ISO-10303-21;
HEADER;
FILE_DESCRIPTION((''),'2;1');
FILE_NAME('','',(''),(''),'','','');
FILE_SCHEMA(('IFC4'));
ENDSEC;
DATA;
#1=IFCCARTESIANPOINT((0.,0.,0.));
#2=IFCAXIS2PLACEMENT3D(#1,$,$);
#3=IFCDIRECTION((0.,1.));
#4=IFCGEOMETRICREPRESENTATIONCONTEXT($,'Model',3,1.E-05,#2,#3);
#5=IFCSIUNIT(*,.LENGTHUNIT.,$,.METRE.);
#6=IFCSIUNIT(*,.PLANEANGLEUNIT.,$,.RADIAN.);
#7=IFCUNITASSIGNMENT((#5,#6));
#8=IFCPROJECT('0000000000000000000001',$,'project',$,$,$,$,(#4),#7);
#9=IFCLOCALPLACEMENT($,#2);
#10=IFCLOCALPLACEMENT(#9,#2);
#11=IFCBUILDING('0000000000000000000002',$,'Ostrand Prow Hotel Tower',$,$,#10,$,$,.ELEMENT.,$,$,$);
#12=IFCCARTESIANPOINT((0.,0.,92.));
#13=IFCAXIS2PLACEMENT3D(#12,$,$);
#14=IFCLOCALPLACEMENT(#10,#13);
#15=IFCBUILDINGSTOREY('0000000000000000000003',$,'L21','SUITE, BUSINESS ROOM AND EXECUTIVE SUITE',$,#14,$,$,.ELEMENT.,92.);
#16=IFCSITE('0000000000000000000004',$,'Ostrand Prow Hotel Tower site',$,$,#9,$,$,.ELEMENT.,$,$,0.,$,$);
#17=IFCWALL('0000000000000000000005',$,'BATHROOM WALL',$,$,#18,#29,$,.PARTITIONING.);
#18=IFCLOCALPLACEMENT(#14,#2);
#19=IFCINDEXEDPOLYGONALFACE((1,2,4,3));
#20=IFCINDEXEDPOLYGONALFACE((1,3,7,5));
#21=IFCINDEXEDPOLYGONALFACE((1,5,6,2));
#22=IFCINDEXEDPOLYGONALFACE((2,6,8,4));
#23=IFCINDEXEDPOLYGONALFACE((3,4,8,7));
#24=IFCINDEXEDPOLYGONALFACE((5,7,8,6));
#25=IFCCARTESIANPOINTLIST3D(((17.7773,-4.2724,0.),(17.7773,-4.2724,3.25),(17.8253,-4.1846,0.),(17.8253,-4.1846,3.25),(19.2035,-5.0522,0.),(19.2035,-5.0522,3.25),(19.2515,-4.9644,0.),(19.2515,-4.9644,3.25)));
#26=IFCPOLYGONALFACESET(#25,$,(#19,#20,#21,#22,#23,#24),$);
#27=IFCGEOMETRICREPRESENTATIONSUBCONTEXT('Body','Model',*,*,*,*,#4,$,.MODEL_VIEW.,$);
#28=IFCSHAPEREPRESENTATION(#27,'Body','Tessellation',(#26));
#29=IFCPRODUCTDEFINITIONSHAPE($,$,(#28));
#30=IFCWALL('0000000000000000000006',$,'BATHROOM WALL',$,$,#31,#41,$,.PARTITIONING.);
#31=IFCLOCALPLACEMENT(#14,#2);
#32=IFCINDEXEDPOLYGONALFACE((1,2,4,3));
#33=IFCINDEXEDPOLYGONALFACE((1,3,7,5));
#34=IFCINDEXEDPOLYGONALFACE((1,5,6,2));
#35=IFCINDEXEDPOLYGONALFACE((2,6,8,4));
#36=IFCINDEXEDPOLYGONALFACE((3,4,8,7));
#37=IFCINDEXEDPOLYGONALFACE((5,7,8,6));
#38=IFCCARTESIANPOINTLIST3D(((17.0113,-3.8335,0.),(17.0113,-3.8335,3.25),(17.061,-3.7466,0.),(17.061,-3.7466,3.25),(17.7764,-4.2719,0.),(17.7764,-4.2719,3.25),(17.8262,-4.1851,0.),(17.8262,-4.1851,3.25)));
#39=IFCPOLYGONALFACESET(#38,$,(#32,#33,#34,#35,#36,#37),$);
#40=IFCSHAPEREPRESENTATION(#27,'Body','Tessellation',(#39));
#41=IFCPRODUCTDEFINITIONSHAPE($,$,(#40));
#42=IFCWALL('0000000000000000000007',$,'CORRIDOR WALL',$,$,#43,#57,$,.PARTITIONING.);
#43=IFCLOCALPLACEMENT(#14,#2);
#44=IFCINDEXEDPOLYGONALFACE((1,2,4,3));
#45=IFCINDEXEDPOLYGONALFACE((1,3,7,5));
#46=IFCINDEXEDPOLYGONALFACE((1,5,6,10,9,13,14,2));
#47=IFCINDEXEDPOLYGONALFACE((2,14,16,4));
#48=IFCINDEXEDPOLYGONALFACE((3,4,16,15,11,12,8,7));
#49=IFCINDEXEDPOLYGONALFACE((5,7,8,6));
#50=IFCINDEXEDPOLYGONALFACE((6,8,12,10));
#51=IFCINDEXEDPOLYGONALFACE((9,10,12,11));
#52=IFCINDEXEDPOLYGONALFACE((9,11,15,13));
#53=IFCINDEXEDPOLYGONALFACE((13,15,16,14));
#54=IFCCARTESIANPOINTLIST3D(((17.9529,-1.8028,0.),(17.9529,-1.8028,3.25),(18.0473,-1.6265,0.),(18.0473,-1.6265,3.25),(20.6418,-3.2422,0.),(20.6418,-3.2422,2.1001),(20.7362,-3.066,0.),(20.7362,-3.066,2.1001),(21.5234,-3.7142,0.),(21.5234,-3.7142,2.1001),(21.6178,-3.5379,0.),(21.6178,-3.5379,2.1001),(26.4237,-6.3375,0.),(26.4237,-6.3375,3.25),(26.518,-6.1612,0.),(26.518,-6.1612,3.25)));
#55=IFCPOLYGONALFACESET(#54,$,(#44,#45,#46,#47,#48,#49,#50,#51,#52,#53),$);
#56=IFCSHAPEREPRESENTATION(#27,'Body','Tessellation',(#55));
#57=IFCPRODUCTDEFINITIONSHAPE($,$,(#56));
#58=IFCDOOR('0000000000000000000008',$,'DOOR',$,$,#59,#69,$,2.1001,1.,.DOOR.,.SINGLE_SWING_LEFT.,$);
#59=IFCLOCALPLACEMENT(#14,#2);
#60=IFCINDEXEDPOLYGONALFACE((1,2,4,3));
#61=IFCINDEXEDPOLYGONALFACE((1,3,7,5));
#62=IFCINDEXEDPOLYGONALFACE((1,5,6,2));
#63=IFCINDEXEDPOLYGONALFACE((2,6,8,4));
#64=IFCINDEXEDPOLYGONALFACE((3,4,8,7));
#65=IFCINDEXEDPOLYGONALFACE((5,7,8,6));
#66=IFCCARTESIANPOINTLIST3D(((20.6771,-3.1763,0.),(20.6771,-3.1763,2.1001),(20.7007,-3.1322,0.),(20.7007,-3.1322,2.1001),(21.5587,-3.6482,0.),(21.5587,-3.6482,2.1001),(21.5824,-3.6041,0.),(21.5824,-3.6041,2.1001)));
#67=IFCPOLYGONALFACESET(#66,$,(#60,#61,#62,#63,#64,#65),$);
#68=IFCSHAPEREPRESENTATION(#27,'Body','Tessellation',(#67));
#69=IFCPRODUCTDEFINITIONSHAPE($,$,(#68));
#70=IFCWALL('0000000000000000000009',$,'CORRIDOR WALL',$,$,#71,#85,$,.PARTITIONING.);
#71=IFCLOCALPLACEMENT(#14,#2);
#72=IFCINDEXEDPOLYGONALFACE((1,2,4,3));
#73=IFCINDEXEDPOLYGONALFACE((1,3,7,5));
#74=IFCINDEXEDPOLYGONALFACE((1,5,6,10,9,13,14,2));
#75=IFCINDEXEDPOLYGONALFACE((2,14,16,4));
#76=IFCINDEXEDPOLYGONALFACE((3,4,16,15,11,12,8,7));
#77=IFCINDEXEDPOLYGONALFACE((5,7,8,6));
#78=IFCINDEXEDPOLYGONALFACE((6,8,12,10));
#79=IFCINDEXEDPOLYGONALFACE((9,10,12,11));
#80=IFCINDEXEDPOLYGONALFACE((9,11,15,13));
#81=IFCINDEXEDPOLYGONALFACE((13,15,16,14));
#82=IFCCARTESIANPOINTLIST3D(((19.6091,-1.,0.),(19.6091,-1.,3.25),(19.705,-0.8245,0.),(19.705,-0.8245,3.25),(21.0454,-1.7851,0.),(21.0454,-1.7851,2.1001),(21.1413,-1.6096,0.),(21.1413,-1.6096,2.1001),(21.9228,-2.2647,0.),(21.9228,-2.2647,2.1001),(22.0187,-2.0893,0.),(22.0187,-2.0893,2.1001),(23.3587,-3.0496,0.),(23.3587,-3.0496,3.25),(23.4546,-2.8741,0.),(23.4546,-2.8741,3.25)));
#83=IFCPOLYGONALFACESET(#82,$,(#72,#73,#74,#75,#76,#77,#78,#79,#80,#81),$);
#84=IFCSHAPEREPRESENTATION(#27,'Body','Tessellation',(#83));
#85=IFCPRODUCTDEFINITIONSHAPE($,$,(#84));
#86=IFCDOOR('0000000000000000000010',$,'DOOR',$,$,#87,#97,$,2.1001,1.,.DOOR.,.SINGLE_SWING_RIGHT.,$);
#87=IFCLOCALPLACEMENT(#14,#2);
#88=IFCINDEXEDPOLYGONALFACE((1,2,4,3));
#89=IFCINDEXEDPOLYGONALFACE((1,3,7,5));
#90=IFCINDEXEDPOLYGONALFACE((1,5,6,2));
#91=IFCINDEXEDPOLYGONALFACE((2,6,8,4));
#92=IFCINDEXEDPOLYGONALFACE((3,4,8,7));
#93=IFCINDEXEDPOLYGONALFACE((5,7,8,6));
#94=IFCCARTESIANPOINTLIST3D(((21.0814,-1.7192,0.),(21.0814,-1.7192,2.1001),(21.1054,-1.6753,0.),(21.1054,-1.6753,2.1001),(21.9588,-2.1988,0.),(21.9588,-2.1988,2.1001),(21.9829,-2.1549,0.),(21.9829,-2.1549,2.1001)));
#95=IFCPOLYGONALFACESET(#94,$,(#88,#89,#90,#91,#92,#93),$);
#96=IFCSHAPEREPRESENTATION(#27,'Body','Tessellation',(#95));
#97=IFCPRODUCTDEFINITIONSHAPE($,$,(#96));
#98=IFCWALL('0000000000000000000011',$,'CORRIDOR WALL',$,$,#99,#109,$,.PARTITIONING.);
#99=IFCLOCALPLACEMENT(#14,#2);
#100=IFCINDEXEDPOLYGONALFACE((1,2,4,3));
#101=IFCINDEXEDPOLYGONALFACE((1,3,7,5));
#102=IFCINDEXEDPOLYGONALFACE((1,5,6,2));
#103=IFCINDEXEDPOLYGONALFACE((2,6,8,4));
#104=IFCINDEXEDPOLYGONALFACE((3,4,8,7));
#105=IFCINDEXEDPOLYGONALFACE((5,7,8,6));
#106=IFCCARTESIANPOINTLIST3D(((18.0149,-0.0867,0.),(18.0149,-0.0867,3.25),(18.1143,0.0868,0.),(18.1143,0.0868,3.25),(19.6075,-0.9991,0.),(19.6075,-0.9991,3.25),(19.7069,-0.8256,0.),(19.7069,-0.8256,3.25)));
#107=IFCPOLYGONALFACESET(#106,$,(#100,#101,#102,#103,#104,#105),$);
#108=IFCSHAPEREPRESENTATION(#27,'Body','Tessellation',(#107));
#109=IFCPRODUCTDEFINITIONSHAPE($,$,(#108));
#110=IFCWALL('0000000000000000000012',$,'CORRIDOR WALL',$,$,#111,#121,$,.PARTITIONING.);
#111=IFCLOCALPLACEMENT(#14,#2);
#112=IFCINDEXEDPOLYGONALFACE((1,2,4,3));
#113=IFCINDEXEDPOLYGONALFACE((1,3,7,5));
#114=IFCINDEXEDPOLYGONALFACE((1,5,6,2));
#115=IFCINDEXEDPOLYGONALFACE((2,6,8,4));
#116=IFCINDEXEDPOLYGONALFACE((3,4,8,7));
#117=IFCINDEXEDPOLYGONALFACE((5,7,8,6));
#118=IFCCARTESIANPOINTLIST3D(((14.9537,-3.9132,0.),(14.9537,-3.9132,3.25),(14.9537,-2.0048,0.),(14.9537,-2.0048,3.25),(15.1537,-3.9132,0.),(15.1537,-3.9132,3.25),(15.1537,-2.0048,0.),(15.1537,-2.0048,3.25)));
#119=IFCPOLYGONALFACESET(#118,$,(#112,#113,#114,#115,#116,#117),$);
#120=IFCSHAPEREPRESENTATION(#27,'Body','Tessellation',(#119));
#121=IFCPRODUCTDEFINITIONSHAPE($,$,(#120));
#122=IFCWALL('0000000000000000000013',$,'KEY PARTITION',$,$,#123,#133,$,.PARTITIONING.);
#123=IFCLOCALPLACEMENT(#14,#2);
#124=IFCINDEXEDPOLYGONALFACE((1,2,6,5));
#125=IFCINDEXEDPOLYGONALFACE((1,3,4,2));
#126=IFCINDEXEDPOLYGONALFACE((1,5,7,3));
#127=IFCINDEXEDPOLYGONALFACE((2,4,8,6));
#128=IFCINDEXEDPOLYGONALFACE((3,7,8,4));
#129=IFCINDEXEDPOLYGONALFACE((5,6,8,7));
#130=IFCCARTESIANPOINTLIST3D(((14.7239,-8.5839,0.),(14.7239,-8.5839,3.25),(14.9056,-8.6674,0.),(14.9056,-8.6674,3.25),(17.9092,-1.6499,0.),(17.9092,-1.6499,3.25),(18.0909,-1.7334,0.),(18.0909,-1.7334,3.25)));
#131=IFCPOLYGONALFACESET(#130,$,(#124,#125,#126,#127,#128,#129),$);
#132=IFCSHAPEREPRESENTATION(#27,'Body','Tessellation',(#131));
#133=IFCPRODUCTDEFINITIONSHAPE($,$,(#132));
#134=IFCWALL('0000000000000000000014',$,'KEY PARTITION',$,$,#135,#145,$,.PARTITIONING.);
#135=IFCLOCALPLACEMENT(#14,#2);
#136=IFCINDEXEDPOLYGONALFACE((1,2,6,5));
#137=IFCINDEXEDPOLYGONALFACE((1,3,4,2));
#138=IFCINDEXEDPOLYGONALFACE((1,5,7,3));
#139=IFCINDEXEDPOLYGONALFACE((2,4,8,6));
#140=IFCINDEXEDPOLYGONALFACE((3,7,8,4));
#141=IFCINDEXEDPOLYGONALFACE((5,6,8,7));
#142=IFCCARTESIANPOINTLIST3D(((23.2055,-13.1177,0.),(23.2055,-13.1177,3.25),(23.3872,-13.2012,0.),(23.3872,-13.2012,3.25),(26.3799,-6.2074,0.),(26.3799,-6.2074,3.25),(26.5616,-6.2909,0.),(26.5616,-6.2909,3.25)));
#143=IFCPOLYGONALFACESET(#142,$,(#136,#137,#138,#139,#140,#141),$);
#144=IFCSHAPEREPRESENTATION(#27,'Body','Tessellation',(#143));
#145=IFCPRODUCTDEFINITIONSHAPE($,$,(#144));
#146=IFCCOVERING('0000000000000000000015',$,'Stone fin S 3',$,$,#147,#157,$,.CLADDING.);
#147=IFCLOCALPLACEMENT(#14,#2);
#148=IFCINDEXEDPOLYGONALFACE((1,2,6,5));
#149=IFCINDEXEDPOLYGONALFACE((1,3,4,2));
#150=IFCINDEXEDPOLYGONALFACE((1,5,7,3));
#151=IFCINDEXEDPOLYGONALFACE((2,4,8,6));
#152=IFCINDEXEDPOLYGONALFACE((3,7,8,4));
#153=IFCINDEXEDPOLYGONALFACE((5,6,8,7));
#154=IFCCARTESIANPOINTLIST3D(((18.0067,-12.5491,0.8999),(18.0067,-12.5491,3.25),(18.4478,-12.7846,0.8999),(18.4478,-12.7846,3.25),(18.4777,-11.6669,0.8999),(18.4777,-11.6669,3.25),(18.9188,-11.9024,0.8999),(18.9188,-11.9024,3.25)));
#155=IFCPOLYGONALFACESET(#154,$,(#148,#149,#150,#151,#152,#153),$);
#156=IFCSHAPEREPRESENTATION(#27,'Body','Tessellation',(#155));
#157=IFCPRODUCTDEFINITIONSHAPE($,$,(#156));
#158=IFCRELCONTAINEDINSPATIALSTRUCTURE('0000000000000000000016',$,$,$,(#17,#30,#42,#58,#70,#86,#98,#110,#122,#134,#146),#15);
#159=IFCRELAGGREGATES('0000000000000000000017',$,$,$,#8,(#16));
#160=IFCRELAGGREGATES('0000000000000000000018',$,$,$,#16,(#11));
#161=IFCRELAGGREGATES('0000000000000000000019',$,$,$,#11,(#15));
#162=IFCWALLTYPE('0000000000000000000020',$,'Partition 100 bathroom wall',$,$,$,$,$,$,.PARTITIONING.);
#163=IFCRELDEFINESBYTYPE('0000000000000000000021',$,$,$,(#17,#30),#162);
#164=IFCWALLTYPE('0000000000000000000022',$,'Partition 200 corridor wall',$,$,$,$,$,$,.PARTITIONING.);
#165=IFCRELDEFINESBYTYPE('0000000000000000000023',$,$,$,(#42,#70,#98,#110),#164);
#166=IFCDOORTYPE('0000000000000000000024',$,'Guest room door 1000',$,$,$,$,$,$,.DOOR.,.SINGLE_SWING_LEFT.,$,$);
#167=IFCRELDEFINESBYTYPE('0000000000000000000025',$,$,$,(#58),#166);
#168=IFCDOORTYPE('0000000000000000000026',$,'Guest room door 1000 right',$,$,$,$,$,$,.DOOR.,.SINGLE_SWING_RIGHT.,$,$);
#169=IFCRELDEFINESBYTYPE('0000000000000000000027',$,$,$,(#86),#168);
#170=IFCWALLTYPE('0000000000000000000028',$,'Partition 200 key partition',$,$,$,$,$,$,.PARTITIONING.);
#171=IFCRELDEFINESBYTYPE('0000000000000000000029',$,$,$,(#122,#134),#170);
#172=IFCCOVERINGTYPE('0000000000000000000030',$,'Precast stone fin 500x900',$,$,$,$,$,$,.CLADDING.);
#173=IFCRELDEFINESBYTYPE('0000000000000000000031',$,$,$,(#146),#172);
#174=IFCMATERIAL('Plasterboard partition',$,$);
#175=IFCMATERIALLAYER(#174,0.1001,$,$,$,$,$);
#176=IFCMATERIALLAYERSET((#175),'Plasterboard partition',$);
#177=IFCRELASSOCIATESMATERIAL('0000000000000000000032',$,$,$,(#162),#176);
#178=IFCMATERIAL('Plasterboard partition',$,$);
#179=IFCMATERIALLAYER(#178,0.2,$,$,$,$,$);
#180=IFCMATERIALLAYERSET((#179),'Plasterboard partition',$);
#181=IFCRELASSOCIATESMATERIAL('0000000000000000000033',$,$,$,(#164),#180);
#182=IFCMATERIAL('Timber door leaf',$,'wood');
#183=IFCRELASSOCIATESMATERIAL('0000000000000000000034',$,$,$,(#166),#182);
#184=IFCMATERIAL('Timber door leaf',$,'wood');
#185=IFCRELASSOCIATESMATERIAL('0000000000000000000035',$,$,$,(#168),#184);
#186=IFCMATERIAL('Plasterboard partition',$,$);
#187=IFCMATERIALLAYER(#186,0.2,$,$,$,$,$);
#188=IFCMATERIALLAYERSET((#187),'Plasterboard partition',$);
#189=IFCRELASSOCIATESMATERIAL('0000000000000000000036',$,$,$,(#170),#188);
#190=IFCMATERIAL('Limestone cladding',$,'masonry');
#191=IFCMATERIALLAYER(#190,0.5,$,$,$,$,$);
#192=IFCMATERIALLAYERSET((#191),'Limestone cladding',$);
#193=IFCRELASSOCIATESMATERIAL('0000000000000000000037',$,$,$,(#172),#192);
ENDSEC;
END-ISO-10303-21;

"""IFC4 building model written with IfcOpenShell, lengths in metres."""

from ifc_helpers import new_model, si_unit, direction, frame, frame_2d, origin, place, context, subcontext, project, spatial, rectangle, extrude, material, layer, layer_set, type_object, element, fill, save


model = new_model("IFC4")

# Units and contexts
model_context = context("Model", 3, precision=1e-05, world=origin(), true_north=direction((0.0, 1.0)))
body_context = subcontext(model_context, "Body", "Model", "MODEL_VIEW")
ifc_project = project(units=[si_unit("LENGTHUNIT", "METRE"), si_unit("PLANEANGLEUNIT", "RADIAN")], contexts=[model_context])

# Site, building, storey
site_placement = place(None, origin())
site = spatial("IfcSite", under=ifc_project, at=site_placement, Name="Ostrand Prow Hotel Tower site", CompositionType="ELEMENT", RefElevation=0.0)
building_placement = place(site_placement, origin())
building = spatial("IfcBuilding", under=site, at=building_placement, Name="Ostrand Prow Hotel Tower", CompositionType="ELEMENT")
storey_placement = place(building_placement, frame((0.0, 0.0, 92.0)))
storey = spatial("IfcBuildingStorey", under=building, at=storey_placement, Name="L21", Description="SUITE, BUSINESS ROOM AND EXECUTIVE SUITE", CompositionType="ELEMENT", Elevation=92.0)

# Shared definitions
ifc_material_1 = material(Name="Plasterboard partition")
ifc_layer_1 = layer(ifc_material_1, 0.1001)
ifc_layer_set_1 = layer_set([ifc_layer_1], Name="Plasterboard partition")
wall_type_1 = type_object("IfcWallType", Name="Partition 100 bathroom wall", PredefinedType="PARTITIONING", material=ifc_layer_set_1)

# Walls
wall_1_placement = place(storey_placement, frame((19.2275, -5.0083, 0.0), z_axis=(0.0, 0.0, 1.0), x_axis=(-0.877424, 0.479715, 0.0)))
element("IfcWall", 1, at=wall_1_placement, inside=storey, type_object=wall_type_1, Name="BATHROOM WALL", PredefinedType="PARTITIONING", context=body_context, shape_type="SweptSolid", body=[
    extrude(rectangle(XDim=1.6255, YDim=0.1001, at=frame_2d((0.8127, 0.0))), origin(), (0.0, 0.0, 1.0), 3.25),
])
wall_2_placement = place(storey_placement, frame((17.8013, -4.2285, 0.0), z_axis=(0.0, 0.0, 1.0), x_axis=(-0.867629, 0.497212, 0.0)))
element("IfcWall", 2, at=wall_2_placement, inside=storey, type_object=wall_type_1, Name="BATHROOM WALL", PredefinedType="PARTITIONING", context=body_context, shape_type="SweptSolid", body=[
    extrude(rectangle(XDim=0.8818, YDim=0.1001, at=frame_2d((0.4409, 0.0))), origin(), (0.0, 0.0, 1.0), 3.25),
])

# Walls, openings, doors
ifc_material_2 = material(Name="Plasterboard partition")
ifc_layer_2 = layer(ifc_material_2, 0.2)
ifc_layer_set_2 = layer_set([ifc_layer_2], Name="Plasterboard partition")
wall_type_2 = type_object("IfcWallType", Name="Partition 200 corridor wall", PredefinedType="PARTITIONING", material=ifc_layer_set_2)
wall_3_placement = place(storey_placement, frame((18.0, -1.7146, 0.0), z_axis=(0.0, 0.0, 1.0), x_axis=(0.881619, -0.471962, 0.0)))
wall_3 = element("IfcWall", 3, at=wall_3_placement, inside=storey, type_object=wall_type_2, Name="CORRIDOR WALL", PredefinedType="PARTITIONING", context=body_context, shape_type="SweptSolid", body=[
    extrude(rectangle(XDim=9.6082, YDim=0.2, at=frame_2d((4.8042, 0.0))), origin(), (0.0, 0.0, 1.0), 3.25),
])
opening_1_placement = place(wall_3_placement, frame((3.05, 0.0, 0.0)))
opening_1 = element("IfcOpeningElement", 4, at=opening_1_placement, cuts=wall_3, PredefinedType="OPENING", context=body_context, shape_type="SweptSolid", body=[
    extrude(rectangle(XDim=1.0, YDim=2.1001, at=frame_2d((0.5, 1.05))), frame((0.0, 0.1099, 0.0), z_axis=(0.0, -1.0, 0.0), x_axis=(1.0, 0.0, 0.0)), (0.0, 0.0, 1.0), 0.22),
])
ifc_material_3 = material(Name="Timber door leaf", Category="wood")
door_type_1 = type_object("IfcDoorType", Name="Guest room door 1000", OperationType="SINGLE_SWING_LEFT", PredefinedType="DOOR", material=ifc_material_3)
door_1_placement = place(opening_1_placement, origin())
door_1 = element("IfcDoor", 5, at=door_1_placement, inside=storey, type_object=door_type_1, Name="DOOR", OperationType="SINGLE_SWING_LEFT", OverallHeight=2.1001, OverallWidth=1.0, PredefinedType="DOOR", context=body_context, shape_type="SweptSolid", body=[
    extrude(rectangle(XDim=1.0, YDim=2.1001, at=frame_2d((0.5, 1.05))), frame((0.0, 0.0249, 0.0), z_axis=(0.0, -1.0, 0.0), x_axis=(1.0, 0.0, 0.0)), (0.0, 0.0, 1.0), 0.05),
])
fill(opening_1, door_1)
wall_4_placement = place(storey_placement, frame((23.4067, -2.9619, 0.0), z_axis=(0.0, 0.0, 1.0), x_axis=(-0.877465, 0.479641, 0.0)))
wall_4 = element("IfcWall", 6, at=wall_4_placement, inside=storey, type_object=wall_type_2, Name="CORRIDOR WALL", PredefinedType="PARTITIONING", context=body_context, shape_type="SweptSolid", body=[
    extrude(rectangle(XDim=4.2732, YDim=0.2, at=frame_2d((2.1367, 0.0))), origin(), (0.0, 0.0, 1.0), 3.25),
])
opening_2_placement = place(wall_4_placement, frame((1.6365, 0.0, 0.0)))
opening_2 = element("IfcOpeningElement", 7, at=opening_2_placement, cuts=wall_4, PredefinedType="OPENING", context=body_context, shape_type="SweptSolid", body=[
    extrude(rectangle(XDim=1.0, YDim=2.1001, at=frame_2d((0.5, 1.05))), frame((0.0, 0.1099, 0.0), z_axis=(0.0, -1.0, 0.0), x_axis=(1.0, 0.0, 0.0)), (0.0, 0.0, 1.0), 0.22),
])
ifc_material_4 = material(Name="Timber door leaf", Category="wood")
door_type_2 = type_object("IfcDoorType", Name="Guest room door 1000 right", OperationType="SINGLE_SWING_RIGHT", PredefinedType="DOOR", material=ifc_material_4)
door_2_placement = place(opening_2_placement, origin())
door_2 = element("IfcDoor", 8, at=door_2_placement, inside=storey, type_object=door_type_2, Name="DOOR", OperationType="SINGLE_SWING_RIGHT", OverallHeight=2.1001, OverallWidth=1.0, PredefinedType="DOOR", context=body_context, shape_type="SweptSolid", body=[
    extrude(rectangle(XDim=1.0, YDim=2.1001, at=frame_2d((0.5, 1.05))), frame((0.0, 0.0249, 0.0), z_axis=(0.0, -1.0, 0.0), x_axis=(1.0, 0.0, 0.0)), (0.0, 0.0, 1.0), 0.05),
])
fill(opening_2, door_2)

# Walls
wall_5_placement = place(storey_placement, frame((19.6572, -0.9124, 0.0), z_axis=(0.0, 0.0, 1.0), x_axis=(-0.867694, 0.497098, 0.0)))
element("IfcWall", 9, at=wall_5_placement, inside=storey, type_object=wall_type_2, Name="CORRIDOR WALL", PredefinedType="PARTITIONING", context=body_context, shape_type="SweptSolid", body=[
    extrude(rectangle(XDim=1.8354, YDim=0.2, at=frame_2d((0.9177, 0.0))), origin(), (0.0, 0.0, 1.0), 3.25),
])
wall_6_placement = place(storey_placement, frame((15.0537, -2.0049, 0.0), z_axis=(0.0, 0.0, 1.0), x_axis=(0.0, -1.0, 0.0)))
element("IfcWall", 10, at=wall_6_placement, inside=storey, type_object=wall_type_2, Name="CORRIDOR WALL", PredefinedType="PARTITIONING", context=body_context, shape_type="SweptSolid", body=[
    extrude(rectangle(XDim=1.9084, YDim=0.2, at=frame_2d((0.9541, 0.0))), origin(), (0.0, 0.0, 1.0), 3.25),
])
ifc_material_5 = material(Name="Plasterboard partition")
ifc_layer_3 = layer(ifc_material_5, 0.2)
ifc_layer_set_3 = layer_set([ifc_layer_3], Name="Plasterboard partition")
wall_type_3 = type_object("IfcWallType", Name="Partition 200 key partition", PredefinedType="PARTITIONING", material=ifc_layer_set_3)
wall_7_placement = place(storey_placement, frame((14.8147, -8.6257, 0.0), z_axis=(0.0, 0.0, 1.0), x_axis=(0.417432, 0.908708, 0.0)))
element("IfcWall", 11, at=wall_7_placement, inside=storey, type_object=wall_type_3, Name="KEY PARTITION", PredefinedType="PARTITIONING", context=body_context, shape_type="SweptSolid", body=[
    extrude(rectangle(XDim=7.6306, YDim=0.2, at=frame_2d((3.8154, 0.0))), origin(), (0.0, 0.0, 1.0), 3.25),
])
wall_8_placement = place(storey_placement, frame((23.2964, -13.1594, 0.0), z_axis=(0.0, 0.0, 1.0), x_axis=(0.417433, 0.908708, 0.0)))
element("IfcWall", 12, at=wall_8_placement, inside=storey, type_object=wall_type_3, Name="KEY PARTITION", PredefinedType="PARTITIONING", context=body_context, shape_type="SweptSolid", body=[
    extrude(rectangle(XDim=7.6045, YDim=0.2, at=frame_2d((3.8022, 0.0))), origin(), (0.0, 0.0, 1.0), 3.25),
])

# Covering
ifc_material_6 = material(Name="Limestone cladding", Category="masonry")
ifc_layer_4 = layer(ifc_material_6, 0.5)
ifc_layer_set_4 = layer_set([ifc_layer_4], Name="Limestone cladding")
covering_type = type_object("IfcCoveringType", Name="Precast stone fin 500x900", PredefinedType="CLADDING", material=ifc_layer_set_4)
covering_placement = place(storey_placement, frame((18.6982, -11.7847, 0.8999), z_axis=(0.0, 0.0, 1.0), x_axis=(-0.470981, -0.882143, 0.0)))
element("IfcCovering", 13, at=covering_placement, inside=storey, type_object=covering_type, Name="Stone fin S 3", PredefinedType="CLADDING", context=body_context, shape_type="SweptSolid", body=[
    extrude(rectangle(XDim=1.0, YDim=0.5, at=frame_2d((0.5, 0.0))), origin(), (0.0, 0.0, 1.0), 2.3501),
])

save(model, "model.ifc")
